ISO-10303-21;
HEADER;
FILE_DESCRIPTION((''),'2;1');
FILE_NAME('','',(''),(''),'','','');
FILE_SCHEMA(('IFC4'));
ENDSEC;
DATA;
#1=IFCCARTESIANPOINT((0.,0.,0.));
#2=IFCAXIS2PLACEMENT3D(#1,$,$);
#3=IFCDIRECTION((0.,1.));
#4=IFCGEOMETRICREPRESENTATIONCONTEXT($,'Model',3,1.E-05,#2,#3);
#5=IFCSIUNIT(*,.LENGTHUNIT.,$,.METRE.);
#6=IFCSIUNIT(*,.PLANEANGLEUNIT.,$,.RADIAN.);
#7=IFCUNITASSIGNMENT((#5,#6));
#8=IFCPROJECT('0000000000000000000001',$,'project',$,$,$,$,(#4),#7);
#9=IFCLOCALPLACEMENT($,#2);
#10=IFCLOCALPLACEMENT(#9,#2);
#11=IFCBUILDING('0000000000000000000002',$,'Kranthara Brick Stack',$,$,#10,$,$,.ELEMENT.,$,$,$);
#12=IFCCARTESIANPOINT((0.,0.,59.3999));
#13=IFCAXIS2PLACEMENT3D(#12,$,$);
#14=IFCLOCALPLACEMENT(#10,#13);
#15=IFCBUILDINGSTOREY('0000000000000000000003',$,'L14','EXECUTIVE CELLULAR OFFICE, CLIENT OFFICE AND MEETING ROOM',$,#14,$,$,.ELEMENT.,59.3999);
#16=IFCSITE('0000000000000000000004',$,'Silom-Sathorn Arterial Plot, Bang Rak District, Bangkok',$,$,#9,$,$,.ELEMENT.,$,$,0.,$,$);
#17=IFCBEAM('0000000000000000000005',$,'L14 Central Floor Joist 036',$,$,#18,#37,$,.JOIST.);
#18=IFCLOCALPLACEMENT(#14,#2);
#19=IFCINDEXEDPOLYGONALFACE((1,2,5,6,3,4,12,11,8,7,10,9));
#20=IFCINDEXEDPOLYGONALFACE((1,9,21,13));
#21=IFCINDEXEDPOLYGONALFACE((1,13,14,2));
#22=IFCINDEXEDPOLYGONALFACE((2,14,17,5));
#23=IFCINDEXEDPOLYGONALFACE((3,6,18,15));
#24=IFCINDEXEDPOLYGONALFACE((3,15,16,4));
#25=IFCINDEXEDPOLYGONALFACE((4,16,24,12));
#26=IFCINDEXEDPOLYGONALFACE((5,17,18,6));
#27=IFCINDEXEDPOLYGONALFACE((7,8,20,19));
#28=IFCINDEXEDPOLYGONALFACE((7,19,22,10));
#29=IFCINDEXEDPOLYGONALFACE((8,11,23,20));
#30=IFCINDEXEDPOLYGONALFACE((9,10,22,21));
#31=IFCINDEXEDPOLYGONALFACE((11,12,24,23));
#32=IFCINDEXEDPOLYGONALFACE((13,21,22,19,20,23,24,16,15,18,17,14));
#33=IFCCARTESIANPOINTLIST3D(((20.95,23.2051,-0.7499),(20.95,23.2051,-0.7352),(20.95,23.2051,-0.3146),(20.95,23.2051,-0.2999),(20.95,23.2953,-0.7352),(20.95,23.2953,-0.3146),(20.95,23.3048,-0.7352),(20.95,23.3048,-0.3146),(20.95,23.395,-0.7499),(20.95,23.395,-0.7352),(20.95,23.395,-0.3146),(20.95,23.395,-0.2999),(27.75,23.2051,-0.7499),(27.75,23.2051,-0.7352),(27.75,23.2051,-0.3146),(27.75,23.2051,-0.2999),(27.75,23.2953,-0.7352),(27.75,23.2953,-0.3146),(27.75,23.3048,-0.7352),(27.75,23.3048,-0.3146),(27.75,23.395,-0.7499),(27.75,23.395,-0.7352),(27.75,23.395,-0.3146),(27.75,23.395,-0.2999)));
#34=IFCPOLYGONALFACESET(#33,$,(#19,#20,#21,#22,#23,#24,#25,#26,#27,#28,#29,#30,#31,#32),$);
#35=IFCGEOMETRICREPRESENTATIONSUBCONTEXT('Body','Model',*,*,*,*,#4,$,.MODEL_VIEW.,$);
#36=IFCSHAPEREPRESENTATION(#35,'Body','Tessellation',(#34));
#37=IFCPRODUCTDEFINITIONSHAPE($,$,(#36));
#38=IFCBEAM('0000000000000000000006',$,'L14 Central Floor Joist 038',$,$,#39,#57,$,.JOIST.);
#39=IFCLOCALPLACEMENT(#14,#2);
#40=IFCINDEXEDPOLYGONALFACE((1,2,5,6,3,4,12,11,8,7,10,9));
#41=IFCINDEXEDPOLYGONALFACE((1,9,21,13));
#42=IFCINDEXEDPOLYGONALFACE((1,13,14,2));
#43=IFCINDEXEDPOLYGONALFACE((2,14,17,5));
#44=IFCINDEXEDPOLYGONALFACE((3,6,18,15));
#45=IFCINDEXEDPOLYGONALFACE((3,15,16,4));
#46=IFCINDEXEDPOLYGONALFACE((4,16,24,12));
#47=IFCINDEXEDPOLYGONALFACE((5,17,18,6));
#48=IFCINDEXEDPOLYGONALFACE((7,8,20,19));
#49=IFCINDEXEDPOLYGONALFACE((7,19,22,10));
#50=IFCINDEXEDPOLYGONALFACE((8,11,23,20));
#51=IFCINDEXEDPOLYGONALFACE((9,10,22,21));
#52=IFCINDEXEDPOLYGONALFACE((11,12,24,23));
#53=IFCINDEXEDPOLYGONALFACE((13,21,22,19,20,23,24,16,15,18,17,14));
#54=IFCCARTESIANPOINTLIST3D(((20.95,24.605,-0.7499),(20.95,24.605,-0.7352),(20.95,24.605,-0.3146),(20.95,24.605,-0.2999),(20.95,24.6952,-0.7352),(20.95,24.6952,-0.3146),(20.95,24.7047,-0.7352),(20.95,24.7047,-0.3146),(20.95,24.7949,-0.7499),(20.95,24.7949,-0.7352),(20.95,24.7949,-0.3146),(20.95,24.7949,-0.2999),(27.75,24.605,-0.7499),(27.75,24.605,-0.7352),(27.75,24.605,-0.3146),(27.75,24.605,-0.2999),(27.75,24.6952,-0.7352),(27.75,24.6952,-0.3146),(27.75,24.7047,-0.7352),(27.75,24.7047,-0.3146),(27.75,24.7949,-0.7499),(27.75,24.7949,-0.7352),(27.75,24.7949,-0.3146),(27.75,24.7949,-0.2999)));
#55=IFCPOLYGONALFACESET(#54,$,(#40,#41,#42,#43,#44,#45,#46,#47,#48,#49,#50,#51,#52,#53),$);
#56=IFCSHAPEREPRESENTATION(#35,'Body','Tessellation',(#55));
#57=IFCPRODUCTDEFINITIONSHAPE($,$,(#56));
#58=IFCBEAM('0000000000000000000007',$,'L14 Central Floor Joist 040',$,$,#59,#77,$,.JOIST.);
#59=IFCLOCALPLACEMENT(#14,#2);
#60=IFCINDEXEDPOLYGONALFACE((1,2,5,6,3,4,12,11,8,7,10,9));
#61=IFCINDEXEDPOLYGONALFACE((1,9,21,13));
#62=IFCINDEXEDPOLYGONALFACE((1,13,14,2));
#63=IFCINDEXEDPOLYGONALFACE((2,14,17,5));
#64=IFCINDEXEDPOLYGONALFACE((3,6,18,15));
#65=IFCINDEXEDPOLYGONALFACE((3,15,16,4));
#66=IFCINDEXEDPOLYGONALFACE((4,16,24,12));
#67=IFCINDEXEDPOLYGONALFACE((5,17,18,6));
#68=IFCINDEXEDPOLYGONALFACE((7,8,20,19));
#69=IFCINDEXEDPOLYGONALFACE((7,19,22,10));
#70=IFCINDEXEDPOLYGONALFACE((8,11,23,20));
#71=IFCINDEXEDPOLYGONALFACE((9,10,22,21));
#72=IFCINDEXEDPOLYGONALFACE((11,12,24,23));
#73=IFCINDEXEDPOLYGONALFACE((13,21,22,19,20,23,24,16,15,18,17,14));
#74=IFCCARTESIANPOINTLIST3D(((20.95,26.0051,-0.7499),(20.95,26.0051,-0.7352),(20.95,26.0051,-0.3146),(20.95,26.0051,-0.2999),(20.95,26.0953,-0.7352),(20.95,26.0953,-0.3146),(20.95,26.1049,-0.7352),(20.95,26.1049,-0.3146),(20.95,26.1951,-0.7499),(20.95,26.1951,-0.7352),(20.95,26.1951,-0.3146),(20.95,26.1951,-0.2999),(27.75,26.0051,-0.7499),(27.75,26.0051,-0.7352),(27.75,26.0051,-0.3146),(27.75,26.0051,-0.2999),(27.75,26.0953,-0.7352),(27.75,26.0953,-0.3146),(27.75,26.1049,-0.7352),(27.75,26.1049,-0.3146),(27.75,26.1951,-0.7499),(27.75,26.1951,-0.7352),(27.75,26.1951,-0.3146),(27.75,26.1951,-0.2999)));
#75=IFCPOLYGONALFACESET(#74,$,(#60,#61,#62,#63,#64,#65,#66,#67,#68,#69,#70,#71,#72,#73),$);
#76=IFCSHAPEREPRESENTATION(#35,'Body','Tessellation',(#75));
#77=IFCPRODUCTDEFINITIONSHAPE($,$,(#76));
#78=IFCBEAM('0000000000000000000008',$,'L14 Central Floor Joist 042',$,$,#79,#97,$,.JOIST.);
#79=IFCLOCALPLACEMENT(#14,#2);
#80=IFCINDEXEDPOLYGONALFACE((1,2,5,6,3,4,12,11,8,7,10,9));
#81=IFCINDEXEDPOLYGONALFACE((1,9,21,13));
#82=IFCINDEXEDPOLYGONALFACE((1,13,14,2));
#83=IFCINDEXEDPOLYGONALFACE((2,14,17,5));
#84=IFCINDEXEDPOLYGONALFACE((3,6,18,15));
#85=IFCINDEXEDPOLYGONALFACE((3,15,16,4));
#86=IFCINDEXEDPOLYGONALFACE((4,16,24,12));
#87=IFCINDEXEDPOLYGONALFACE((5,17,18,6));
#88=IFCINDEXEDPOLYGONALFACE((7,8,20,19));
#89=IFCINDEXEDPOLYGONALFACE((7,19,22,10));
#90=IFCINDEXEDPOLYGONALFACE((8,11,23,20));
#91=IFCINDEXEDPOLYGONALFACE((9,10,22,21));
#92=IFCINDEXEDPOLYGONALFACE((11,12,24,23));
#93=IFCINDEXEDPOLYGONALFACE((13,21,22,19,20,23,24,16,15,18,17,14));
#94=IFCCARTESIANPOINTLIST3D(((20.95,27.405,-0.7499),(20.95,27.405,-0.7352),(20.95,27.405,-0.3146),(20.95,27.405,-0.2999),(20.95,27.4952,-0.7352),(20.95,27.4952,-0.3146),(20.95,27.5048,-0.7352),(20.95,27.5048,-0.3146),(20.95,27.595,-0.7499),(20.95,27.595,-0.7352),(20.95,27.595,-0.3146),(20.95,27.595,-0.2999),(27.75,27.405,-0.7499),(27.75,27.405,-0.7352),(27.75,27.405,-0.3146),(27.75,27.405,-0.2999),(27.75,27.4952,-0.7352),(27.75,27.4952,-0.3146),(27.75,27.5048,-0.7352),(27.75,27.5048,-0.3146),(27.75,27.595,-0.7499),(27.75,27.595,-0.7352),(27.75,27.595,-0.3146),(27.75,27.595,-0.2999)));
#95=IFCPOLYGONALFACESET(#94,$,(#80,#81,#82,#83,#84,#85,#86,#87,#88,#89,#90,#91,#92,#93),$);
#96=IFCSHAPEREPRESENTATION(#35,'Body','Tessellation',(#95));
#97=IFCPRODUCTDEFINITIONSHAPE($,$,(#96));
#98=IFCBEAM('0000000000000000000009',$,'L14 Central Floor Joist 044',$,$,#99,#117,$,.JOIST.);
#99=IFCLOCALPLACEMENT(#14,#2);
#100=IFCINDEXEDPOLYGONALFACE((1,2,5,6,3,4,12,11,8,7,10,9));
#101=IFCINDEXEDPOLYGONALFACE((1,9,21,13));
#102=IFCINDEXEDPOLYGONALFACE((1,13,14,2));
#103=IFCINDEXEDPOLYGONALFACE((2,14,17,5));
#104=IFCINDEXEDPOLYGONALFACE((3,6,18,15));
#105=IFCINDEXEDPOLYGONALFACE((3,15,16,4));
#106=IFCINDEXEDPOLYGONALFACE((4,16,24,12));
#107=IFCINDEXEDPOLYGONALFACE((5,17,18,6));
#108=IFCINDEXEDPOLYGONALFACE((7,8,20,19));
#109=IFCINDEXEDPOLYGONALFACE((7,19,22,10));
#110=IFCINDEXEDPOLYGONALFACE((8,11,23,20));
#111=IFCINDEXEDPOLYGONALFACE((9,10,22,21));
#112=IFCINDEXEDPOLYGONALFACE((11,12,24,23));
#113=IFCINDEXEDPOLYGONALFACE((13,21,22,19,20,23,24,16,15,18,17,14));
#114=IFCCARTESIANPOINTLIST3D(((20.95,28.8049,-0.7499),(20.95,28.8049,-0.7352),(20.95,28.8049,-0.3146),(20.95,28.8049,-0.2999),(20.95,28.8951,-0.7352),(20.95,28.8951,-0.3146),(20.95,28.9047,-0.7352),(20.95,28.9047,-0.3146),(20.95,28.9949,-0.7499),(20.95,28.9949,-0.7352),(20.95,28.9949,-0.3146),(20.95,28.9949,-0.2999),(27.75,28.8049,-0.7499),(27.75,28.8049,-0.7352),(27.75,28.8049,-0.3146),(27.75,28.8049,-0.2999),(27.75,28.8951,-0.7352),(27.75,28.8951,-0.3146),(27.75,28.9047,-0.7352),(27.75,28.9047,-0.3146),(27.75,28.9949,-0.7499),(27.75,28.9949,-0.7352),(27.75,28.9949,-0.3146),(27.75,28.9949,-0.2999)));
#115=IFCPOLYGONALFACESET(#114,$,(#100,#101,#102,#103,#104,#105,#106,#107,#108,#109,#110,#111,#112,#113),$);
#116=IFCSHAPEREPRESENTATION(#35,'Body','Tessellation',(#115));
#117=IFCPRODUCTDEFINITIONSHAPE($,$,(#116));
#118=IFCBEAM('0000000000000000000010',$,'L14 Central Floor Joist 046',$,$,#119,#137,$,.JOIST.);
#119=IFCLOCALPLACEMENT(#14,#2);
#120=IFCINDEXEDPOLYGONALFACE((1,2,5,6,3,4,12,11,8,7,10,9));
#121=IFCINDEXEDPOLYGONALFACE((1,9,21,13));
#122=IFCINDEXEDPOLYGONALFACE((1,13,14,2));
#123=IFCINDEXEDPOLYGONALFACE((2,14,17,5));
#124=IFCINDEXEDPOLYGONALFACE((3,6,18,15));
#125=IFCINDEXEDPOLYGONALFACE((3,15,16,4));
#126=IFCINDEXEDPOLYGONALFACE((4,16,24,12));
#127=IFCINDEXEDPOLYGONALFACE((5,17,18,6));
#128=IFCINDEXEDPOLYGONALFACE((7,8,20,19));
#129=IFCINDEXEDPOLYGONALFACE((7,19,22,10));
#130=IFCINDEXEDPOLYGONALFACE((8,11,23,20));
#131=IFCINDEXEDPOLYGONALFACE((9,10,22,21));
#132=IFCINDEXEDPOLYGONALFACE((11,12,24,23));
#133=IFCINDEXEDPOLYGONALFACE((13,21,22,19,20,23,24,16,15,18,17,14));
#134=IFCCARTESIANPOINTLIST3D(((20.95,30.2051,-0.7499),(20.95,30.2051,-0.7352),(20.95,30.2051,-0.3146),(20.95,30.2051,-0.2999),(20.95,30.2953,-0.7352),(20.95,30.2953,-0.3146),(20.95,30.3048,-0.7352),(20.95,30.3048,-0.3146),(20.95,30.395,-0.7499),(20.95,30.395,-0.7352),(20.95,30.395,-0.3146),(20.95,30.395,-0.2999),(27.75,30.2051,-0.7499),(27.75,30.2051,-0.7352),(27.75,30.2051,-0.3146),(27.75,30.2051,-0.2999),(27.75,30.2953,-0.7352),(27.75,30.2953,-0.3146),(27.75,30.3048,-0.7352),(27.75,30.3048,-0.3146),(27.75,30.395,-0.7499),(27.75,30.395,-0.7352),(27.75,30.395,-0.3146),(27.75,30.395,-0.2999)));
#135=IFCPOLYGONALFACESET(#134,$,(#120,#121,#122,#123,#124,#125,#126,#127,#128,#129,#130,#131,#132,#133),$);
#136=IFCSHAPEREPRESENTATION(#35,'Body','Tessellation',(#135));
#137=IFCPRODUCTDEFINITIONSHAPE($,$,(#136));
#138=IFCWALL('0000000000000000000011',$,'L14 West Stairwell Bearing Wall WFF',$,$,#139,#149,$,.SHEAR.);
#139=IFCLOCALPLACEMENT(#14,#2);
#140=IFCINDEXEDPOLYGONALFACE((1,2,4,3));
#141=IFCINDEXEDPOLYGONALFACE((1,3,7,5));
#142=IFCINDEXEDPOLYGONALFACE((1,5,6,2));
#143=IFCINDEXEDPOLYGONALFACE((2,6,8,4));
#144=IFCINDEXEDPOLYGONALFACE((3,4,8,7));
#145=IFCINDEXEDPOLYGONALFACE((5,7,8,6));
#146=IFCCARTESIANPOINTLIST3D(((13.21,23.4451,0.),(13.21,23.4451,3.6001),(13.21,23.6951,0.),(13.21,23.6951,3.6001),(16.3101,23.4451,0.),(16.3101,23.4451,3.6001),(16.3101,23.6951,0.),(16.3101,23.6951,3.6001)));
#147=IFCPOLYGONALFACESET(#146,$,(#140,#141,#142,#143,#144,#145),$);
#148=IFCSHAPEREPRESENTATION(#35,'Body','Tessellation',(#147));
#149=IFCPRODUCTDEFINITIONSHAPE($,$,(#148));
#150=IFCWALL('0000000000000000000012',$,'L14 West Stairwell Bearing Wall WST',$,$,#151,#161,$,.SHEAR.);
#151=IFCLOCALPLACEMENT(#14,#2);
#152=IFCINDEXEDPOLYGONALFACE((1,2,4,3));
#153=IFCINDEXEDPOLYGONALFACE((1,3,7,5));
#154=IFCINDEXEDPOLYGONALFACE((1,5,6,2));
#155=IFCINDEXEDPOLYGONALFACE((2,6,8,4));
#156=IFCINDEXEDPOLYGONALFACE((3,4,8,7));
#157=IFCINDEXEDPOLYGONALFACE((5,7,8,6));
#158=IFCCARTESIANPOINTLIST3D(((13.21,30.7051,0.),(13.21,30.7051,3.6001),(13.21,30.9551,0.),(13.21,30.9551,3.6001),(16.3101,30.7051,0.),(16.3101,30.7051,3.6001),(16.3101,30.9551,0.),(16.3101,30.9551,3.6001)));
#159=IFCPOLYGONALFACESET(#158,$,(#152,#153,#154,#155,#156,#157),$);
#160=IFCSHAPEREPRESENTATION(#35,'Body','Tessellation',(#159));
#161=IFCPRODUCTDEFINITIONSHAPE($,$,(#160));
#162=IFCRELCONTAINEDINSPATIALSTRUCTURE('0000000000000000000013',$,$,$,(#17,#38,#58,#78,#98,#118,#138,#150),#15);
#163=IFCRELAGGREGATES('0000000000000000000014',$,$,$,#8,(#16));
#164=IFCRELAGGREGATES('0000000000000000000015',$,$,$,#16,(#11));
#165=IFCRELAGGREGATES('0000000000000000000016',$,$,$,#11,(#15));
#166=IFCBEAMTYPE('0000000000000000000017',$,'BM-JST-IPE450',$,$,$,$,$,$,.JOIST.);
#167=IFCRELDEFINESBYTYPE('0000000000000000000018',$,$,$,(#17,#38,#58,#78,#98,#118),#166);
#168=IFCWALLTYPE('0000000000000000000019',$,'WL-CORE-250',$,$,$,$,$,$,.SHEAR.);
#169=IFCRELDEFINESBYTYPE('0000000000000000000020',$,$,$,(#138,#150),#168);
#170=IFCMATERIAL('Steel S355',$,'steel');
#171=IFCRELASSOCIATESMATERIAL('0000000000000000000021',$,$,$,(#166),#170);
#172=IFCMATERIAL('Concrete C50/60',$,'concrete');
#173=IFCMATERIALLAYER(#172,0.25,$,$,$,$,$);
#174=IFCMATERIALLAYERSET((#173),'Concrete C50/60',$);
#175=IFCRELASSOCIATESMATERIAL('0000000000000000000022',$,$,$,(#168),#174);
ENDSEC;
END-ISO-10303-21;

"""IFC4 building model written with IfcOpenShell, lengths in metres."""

from ifc_helpers import new_model, si_unit, direction, frame, frame_2d, origin, origin_2d, place, context, subcontext, project, spatial, rectangle, i_section, extrude, material, layer, layer_set, material_profile, profile_set, type_object, element, save


model = new_model("IFC4")

# Units and contexts
model_context = context("Model", 3, precision=1e-05, world=origin(), true_north=direction((0.0, 1.0)))
body_context = subcontext(model_context, "Body", "Model", "MODEL_VIEW")
ifc_project = project(units=[si_unit("LENGTHUNIT", "METRE"), si_unit("PLANEANGLEUNIT", "RADIAN")], contexts=[model_context])

# Site, building, storey
site_placement = place(None, origin())
site = spatial("IfcSite", under=ifc_project, at=site_placement, Name="Silom-Sathorn Arterial Plot, Bang Rak District, Bangkok", CompositionType="ELEMENT", RefElevation=0.0)
building_placement = place(site_placement, origin())
building = spatial("IfcBuilding", under=site, at=building_placement, Name="Kranthara Brick Stack", CompositionType="ELEMENT")
storey_placement = place(building_placement, frame((0.0, 0.0, 59.3999)))
storey = spatial("IfcBuildingStorey", under=building, at=storey_placement, Name="L14", Description="EXECUTIVE CELLULAR OFFICE, CLIENT OFFICE AND MEETING ROOM", CompositionType="ELEMENT", Elevation=59.3999)

# Beams
ifc_material_1 = material(Name="Steel S355", Category="steel")
ifc_material_profile = material_profile(ifc_material_1, i_section(OverallWidth=0.1899, OverallDepth=0.45, WebThickness=0.0095, FlangeThickness=0.0146, at=origin_2d()), Name="IPE 450")
ifc_profile_set = profile_set([ifc_material_profile], Name="Steel S355")
beam_type = type_object("IfcBeamType", Name="BM-JST-IPE450", PredefinedType="JOIST", material=ifc_profile_set)
for number, where, z_axis, x_axis, name in (
    (1, (20.95, 23.3, -0.5249), (1.0, 0.0, 0.0), (0.0, 1.0, 0.0), "L14 Central Floor Joist 036"),
    (2, (20.95, 24.7, -0.5249), (1.0, 0.0, 0.0), (0.0, 1.0, 0.0), "L14 Central Floor Joist 038"),
    (3, (20.95, 26.1001, -0.5249), (1.0, 0.0, 0.0), (0.0, 1.0, 0.0), "L14 Central Floor Joist 040"),
    (4, (20.95, 27.5, -0.5249), (1.0, 0.0, 0.0), (0.0, 1.0, 0.0), "L14 Central Floor Joist 042"),
    (5, (20.95, 28.8999, -0.5249), (1.0, 0.0, 0.0), (0.0, 1.0, 0.0), "L14 Central Floor Joist 044"),
    (6, (20.95, 30.3, -0.5249), (1.0, 0.0, 0.0), (0.0, 1.0, 0.0), "L14 Central Floor Joist 046"),
):
    element("IfcBeam", number, at=place(storey_placement, frame(where, z_axis=z_axis, x_axis=x_axis)), inside=storey, type_object=beam_type, Name=name, PredefinedType="JOIST", context=body_context, shape_type="SweptSolid", body=[
        extrude(i_section(OverallWidth=0.1899, OverallDepth=0.45, WebThickness=0.0095, FlangeThickness=0.0146, at=origin_2d()), origin(), (0.0, 0.0, 1.0), 6.8),
    ])

# Walls
ifc_material_2 = material(Name="Concrete C50/60", Category="concrete")
ifc_layer_1 = layer(ifc_material_2, 0.25)
ifc_layer_set_1 = layer_set([ifc_layer_1], Name="Concrete C50/60")
wall_type_1 = type_object("IfcWallType", Name="WL-CORE-250", PredefinedType="SHEAR", material=ifc_layer_set_1)
for number, where, z_axis, x_axis, name in (
    (7, (13.21, 23.5701, 0.0), (0.0, 0.0, 1.0), (1.0, 0.0, 0.0), "L14 West Stairwell Bearing Wall WFF"),
    (8, (13.21, 30.8301, 0.0), (0.0, 0.0, 1.0), (1.0, 0.0, 0.0), "L14 West Stairwell Bearing Wall WST"),
):
    element("IfcWall", number, at=place(storey_placement, frame(where, z_axis=z_axis, x_axis=x_axis)), inside=storey, type_object=wall_type_1, Name=name, PredefinedType="SHEAR", context=body_context, shape_type="SweptSolid", body=[
        extrude(rectangle(XDim=3.1001, YDim=0.25, at=frame_2d((1.55, 0.0))), origin(), (0.0, 0.0, 1.0), 3.6001),
    ])

save(model, "model.ifc")
